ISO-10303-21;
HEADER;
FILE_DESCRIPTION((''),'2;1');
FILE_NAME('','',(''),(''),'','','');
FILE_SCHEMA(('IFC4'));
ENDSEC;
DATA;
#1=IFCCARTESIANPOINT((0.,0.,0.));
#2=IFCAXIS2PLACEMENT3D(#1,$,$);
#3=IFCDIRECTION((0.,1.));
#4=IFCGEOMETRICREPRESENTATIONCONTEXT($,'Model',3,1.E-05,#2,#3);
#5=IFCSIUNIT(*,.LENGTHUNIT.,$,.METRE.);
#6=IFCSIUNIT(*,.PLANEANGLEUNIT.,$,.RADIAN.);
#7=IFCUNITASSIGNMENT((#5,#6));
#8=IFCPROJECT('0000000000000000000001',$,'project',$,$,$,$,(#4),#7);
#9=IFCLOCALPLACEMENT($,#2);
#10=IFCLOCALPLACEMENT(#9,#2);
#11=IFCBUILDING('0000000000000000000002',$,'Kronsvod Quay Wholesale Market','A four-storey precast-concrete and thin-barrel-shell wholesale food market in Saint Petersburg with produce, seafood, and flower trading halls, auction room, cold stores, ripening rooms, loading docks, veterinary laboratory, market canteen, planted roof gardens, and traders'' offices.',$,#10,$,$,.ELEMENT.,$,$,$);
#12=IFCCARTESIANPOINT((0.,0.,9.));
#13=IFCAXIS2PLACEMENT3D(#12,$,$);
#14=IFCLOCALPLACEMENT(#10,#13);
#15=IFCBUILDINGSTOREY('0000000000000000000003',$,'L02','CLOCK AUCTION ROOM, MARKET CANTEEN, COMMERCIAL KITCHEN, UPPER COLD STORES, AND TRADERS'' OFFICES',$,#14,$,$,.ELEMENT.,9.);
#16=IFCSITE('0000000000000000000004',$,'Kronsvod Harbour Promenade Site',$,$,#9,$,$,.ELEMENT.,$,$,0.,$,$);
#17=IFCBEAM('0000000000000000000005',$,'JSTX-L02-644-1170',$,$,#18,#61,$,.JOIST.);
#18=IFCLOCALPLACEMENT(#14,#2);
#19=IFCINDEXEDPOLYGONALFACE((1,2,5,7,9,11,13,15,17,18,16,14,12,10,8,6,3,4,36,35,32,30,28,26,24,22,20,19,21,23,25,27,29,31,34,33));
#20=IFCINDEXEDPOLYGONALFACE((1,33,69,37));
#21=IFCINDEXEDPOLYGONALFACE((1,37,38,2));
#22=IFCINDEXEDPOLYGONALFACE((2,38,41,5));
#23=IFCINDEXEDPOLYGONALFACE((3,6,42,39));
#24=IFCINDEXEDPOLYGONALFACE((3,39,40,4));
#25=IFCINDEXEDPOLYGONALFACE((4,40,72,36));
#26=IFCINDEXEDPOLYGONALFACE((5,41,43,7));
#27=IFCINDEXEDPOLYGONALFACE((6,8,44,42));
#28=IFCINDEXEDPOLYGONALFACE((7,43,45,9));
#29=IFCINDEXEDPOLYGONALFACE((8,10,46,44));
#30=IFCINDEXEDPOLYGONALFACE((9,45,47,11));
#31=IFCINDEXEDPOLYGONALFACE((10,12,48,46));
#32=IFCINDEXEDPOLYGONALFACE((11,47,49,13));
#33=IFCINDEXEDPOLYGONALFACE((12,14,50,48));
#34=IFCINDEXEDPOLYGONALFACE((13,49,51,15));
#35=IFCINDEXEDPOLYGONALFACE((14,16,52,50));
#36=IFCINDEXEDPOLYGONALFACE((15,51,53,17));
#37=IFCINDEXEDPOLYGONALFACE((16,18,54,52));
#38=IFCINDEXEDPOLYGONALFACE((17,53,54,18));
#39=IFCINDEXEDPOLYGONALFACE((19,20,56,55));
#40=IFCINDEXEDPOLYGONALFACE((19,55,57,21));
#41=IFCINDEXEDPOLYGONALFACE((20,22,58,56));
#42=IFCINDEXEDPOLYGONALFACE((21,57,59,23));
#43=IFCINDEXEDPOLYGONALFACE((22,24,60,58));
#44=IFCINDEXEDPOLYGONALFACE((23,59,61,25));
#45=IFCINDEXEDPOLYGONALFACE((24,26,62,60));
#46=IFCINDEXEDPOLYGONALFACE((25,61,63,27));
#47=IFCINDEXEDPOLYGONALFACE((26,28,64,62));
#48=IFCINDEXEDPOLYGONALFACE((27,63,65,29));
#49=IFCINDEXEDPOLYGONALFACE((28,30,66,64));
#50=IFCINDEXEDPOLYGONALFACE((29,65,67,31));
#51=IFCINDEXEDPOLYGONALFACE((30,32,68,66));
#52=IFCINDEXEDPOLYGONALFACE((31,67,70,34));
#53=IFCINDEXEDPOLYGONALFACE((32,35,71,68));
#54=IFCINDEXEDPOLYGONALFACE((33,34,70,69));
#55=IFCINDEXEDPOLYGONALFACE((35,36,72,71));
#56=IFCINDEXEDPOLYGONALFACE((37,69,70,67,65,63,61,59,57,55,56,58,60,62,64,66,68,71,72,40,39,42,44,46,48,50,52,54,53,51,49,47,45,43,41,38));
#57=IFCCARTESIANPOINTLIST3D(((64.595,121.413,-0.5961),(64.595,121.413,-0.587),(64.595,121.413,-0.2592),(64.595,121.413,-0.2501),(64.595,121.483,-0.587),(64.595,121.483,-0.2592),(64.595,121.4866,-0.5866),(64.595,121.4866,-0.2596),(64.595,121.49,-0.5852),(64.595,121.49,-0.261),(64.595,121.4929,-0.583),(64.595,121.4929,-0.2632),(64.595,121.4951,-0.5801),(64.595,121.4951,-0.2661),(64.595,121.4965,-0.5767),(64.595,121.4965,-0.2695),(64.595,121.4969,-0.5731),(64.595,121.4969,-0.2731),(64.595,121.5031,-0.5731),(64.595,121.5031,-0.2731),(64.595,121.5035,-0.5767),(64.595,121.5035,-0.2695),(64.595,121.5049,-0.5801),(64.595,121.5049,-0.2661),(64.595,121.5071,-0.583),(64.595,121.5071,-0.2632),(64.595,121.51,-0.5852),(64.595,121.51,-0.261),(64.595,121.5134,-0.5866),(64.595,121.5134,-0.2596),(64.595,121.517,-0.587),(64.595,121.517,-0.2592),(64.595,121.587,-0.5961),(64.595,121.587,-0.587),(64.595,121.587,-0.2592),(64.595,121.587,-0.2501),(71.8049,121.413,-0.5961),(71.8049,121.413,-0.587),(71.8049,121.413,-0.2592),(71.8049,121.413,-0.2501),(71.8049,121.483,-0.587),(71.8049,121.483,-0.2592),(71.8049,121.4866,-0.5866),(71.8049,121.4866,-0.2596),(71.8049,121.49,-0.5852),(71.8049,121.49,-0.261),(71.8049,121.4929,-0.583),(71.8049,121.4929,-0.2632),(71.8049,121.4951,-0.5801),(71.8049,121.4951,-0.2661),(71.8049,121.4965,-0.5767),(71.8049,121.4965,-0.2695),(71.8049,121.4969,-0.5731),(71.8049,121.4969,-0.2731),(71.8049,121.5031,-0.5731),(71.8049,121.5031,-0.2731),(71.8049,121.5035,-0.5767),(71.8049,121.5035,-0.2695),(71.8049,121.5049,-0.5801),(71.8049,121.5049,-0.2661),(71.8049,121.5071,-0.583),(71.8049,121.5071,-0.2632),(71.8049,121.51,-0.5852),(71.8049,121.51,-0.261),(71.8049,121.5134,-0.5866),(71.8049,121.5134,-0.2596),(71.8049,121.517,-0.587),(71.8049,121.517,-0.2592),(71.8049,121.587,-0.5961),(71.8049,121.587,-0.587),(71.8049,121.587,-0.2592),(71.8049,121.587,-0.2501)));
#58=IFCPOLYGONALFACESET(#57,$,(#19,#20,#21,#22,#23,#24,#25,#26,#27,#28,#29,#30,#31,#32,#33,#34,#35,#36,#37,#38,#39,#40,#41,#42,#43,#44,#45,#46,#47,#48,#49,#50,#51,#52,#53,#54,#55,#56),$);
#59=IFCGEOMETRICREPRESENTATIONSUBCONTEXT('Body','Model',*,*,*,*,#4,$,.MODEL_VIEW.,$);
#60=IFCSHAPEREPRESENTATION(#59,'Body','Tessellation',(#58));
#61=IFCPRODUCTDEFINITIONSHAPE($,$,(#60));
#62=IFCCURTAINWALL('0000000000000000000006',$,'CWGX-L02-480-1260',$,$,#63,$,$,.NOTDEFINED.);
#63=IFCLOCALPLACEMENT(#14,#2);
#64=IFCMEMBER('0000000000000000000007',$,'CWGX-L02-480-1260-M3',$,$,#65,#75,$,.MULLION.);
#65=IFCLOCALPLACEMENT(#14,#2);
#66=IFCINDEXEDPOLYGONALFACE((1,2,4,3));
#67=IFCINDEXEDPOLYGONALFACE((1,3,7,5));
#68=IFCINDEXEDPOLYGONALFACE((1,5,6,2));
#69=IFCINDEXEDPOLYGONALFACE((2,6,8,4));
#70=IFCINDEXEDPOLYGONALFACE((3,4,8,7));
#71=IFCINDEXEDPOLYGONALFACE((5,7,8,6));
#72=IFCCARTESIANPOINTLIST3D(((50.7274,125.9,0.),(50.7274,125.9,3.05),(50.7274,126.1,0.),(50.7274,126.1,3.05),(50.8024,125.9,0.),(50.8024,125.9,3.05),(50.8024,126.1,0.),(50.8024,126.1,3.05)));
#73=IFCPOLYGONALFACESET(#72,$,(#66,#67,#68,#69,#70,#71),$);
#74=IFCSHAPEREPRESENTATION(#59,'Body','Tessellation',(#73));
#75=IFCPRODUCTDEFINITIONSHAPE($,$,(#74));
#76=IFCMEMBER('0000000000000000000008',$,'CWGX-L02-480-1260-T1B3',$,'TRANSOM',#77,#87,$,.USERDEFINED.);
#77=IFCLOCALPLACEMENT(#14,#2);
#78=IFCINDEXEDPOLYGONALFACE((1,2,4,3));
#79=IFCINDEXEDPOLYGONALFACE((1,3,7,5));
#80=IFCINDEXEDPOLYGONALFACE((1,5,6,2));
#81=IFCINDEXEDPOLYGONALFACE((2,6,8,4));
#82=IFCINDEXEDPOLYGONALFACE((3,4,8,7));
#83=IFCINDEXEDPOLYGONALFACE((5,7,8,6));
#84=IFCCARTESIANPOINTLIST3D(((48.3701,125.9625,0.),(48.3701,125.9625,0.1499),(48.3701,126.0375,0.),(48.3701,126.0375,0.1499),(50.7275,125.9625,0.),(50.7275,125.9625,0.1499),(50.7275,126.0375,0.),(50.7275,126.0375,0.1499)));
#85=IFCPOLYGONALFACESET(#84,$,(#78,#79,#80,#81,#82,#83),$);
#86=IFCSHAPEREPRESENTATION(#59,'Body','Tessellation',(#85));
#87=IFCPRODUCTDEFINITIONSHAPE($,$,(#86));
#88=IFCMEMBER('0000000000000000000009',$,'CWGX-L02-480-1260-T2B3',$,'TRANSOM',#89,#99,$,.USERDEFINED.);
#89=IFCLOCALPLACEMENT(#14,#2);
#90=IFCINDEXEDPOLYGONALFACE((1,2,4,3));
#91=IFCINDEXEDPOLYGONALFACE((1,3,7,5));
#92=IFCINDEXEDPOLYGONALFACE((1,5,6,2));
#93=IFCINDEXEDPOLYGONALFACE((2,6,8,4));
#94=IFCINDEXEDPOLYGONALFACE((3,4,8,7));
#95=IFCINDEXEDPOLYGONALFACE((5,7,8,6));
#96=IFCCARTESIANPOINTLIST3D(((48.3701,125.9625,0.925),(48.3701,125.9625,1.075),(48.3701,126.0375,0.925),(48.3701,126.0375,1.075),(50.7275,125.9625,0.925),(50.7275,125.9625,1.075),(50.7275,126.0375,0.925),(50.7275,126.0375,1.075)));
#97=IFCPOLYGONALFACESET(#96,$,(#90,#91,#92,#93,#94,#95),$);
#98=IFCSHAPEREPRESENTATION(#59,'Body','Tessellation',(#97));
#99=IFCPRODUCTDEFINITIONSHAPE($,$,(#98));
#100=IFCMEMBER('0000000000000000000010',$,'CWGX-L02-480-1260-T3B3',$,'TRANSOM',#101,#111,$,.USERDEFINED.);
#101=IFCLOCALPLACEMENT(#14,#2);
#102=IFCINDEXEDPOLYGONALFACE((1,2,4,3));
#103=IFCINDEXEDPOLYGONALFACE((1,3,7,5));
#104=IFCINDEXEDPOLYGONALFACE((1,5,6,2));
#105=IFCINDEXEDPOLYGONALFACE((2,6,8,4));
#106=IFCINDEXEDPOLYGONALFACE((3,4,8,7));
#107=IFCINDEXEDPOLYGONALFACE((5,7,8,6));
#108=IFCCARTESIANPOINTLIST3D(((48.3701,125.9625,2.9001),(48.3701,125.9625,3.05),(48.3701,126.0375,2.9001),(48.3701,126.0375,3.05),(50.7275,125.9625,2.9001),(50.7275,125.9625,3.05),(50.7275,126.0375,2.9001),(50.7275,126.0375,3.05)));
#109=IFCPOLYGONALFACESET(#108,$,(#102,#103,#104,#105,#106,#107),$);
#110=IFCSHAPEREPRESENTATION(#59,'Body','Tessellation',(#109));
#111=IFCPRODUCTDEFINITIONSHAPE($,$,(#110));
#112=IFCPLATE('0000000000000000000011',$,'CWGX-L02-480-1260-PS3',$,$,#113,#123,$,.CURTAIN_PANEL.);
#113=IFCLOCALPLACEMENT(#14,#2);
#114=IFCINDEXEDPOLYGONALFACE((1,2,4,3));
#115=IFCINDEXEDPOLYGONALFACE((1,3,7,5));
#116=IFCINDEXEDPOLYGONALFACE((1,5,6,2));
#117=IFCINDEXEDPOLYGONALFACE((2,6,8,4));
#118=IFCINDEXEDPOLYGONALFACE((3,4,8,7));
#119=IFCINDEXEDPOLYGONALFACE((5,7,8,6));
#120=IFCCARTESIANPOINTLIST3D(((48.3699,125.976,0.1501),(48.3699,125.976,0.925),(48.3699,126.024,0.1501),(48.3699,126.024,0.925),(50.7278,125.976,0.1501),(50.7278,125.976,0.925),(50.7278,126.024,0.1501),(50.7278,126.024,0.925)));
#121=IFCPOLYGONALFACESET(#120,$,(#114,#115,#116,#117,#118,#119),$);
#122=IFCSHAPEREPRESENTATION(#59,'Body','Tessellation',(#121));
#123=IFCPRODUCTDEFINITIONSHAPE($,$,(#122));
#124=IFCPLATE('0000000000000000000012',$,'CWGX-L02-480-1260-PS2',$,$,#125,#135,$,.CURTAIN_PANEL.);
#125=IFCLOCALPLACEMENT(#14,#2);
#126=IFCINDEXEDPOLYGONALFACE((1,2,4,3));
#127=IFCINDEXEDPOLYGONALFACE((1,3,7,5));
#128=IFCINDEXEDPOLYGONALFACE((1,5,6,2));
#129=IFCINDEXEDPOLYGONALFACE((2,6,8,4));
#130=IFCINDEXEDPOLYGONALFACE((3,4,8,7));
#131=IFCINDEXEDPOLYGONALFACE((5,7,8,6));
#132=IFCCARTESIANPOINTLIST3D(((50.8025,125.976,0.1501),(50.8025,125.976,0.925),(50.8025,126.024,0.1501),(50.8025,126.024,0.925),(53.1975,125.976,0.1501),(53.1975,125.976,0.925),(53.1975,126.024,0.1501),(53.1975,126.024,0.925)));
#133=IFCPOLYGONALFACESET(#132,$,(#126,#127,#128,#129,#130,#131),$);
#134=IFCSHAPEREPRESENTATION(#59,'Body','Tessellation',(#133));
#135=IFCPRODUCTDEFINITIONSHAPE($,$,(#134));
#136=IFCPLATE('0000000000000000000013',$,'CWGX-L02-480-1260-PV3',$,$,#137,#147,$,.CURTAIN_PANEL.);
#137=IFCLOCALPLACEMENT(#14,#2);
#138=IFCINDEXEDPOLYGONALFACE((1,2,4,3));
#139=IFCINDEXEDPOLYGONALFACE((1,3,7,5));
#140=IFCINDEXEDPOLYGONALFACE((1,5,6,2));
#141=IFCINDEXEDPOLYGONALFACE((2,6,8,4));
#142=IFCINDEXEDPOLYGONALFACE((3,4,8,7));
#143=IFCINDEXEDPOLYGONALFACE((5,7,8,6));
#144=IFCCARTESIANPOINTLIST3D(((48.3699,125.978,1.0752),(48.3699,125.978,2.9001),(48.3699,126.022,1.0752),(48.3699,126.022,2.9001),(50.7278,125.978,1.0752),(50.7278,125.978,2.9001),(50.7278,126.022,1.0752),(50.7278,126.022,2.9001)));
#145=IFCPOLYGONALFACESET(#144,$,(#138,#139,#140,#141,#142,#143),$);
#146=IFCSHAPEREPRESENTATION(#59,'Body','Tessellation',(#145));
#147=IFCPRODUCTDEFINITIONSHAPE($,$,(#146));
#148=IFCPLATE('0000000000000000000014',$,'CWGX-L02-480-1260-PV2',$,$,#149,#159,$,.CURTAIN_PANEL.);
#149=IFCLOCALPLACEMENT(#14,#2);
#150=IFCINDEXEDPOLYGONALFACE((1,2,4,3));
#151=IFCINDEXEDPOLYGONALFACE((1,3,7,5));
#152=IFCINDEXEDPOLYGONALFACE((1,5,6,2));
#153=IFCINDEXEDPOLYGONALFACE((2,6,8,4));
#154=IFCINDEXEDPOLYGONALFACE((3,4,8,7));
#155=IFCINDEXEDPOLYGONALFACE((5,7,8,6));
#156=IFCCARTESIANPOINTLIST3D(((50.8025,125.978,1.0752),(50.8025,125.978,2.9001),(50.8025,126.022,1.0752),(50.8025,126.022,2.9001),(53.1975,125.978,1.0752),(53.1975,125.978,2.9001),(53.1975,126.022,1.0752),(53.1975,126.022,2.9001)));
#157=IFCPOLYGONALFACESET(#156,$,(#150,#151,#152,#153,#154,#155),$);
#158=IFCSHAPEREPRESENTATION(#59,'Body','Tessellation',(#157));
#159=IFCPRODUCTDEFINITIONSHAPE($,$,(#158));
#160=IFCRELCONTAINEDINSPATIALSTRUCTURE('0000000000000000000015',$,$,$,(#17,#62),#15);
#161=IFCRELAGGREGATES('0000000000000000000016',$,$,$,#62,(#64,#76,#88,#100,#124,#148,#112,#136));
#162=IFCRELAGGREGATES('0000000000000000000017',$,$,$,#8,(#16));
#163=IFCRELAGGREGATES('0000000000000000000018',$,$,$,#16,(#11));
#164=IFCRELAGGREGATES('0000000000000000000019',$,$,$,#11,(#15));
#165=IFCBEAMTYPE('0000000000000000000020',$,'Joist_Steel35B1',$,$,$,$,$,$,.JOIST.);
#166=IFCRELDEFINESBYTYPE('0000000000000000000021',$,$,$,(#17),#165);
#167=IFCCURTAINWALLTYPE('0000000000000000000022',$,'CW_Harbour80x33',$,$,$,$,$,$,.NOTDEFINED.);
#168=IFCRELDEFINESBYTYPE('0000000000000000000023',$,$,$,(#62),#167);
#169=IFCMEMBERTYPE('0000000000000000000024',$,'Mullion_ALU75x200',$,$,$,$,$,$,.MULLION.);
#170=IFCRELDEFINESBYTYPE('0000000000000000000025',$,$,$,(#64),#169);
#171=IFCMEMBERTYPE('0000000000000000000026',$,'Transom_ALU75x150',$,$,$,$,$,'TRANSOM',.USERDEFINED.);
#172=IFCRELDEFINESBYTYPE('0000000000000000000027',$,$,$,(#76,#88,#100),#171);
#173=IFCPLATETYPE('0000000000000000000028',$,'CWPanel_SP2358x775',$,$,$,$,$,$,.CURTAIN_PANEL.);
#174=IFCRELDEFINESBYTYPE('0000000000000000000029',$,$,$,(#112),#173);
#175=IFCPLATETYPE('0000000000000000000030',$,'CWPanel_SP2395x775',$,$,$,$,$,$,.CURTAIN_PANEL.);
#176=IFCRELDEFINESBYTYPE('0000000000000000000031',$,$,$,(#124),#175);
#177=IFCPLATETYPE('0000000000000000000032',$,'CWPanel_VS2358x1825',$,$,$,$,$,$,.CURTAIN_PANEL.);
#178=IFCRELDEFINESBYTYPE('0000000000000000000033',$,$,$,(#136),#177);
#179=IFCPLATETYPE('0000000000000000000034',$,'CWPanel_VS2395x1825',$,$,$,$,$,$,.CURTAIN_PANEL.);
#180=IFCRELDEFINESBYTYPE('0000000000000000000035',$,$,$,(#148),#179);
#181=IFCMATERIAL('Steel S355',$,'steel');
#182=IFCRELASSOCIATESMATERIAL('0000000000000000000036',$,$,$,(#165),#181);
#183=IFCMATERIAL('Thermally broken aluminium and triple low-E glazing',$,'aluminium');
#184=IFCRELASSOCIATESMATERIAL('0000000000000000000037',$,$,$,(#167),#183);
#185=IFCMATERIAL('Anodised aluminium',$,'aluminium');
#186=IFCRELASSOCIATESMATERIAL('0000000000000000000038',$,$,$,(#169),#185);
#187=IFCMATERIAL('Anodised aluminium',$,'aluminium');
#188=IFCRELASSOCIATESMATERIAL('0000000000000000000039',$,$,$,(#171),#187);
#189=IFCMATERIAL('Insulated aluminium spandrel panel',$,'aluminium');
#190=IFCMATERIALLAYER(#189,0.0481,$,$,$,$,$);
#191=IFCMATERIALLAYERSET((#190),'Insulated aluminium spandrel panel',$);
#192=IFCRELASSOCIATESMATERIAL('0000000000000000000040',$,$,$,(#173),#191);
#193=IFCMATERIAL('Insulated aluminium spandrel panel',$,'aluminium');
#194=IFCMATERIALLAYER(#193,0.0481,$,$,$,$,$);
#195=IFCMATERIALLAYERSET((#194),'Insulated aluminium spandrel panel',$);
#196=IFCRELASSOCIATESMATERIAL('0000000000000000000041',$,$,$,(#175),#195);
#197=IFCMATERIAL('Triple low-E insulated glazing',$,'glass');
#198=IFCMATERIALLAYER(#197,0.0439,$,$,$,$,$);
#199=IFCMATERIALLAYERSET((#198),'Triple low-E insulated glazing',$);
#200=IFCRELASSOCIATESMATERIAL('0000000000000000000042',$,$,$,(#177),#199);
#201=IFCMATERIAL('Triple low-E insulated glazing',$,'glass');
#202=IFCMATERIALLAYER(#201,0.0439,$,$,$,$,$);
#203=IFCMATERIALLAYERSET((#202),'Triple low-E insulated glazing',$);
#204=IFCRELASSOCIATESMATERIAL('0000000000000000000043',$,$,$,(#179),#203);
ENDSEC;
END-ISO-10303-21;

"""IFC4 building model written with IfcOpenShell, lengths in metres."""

from ifc_helpers import new_model, si_unit, direction, frame, origin, origin_2d, place, context, subcontext, project, spatial, rectangle, i_section, extrude, material, layer, layer_set, material_profile, profile_set, type_object, element, aggregate, save


model = new_model("IFC4")

# Units and contexts
model_context = context("Model", 3, precision=1e-05, world=origin(), true_north=direction((0.0, 1.0)))
body_context = subcontext(model_context, "Body", "Model", "MODEL_VIEW")
ifc_project = project(units=[si_unit("LENGTHUNIT", "METRE"), si_unit("PLANEANGLEUNIT", "RADIAN")], contexts=[model_context])

# Site, building, storey
site_placement = place(None, origin())
site = spatial("IfcSite", under=ifc_project, at=site_placement, Name="Kronsvod Harbour Promenade Site", CompositionType="ELEMENT", RefElevation=0.0)
building_placement = place(site_placement, origin())
building = spatial("IfcBuilding", under=site, at=building_placement, Name="Kronsvod Quay Wholesale Market", Description="A four-storey precast-concrete and thin-barrel-shell wholesale food market in Saint Petersburg with produce, seafood, and flower trading halls, auction room, cold stores, ripening rooms, loading docks, veterinary laboratory, market canteen, planted roof gardens, and traders' offices.", CompositionType="ELEMENT")
storey_placement = place(building_placement, frame((0.0, 0.0, 9.0)))
storey = spatial("IfcBuildingStorey", under=building, at=storey_placement, Name="L02", Description="CLOCK AUCTION ROOM, MARKET CANTEEN, COMMERCIAL KITCHEN, UPPER COLD STORES, AND TRADERS' OFFICES", CompositionType="ELEMENT", Elevation=9.0)

# Beam
ifc_material_1 = material(Name="Steel S355", Category="steel")
ifc_material_profile_1 = material_profile(ifc_material_1, i_section(OverallWidth=0.1741, OverallDepth=0.3459, WebThickness=0.0061, FlangeThickness=0.009, FilletRadius=0.0139, at=origin_2d()), Name="35B1")
ifc_profile_set_1 = profile_set([ifc_material_profile_1], Name="Steel S355")
beam_type_1 = type_object("IfcBeamType", Name="Joist_Steel35B1", PredefinedType="JOIST", material=ifc_profile_set_1)
for number, where, z_axis, x_axis, name in (
    (1, (64.595, 121.5, -0.4231), (1.0, 0.0, 0.0), (0.0, 1.0, 0.0), "JSTX-L02-644-1170"),
):
    element("IfcBeam", number, at=place(storey_placement, frame(where, z_axis=z_axis, x_axis=x_axis)), inside=storey, type_object=beam_type_1, Name=name, PredefinedType="JOIST", context=body_context, shape_type="SweptSolid", body=[
        extrude(i_section(OverallWidth=0.1741, OverallDepth=0.3459, WebThickness=0.0061, FlangeThickness=0.009, FilletRadius=0.0139, at=origin_2d()), origin(), (0.0, 0.0, 1.0), 7.21),
    ])

# Curtain wall, members, plates
ifc_material_2 = material(Name="Thermally broken aluminium and triple low-E glazing", Category="aluminium")
curtain_wall_type = type_object("IfcCurtainWallType", Name="CW_Harbour80x33", PredefinedType="NOTDEFINED", material=ifc_material_2)
curtain_wall_placement = place(storey_placement, origin())
curtain_wall = element("IfcCurtainWall", 2, at=curtain_wall_placement, inside=storey, type_object=curtain_wall_type, Name="CWGX-L02-480-1260", PredefinedType="NOTDEFINED")
ifc_material_3 = material(Name="Anodised aluminium", Category="aluminium")
ifc_material_profile_2 = material_profile(ifc_material_3, rectangle(XDim=0.075, YDim=0.2, at=origin_2d()), Name="ALUM75x200")
ifc_profile_set_2 = profile_set([ifc_material_profile_2], Name="Anodised aluminium")
member_type_1 = type_object("IfcMemberType", Name="Mullion_ALU75x200", PredefinedType="MULLION", material=ifc_profile_set_2)
member_1_placement = place(storey_placement, frame((50.7649, 126.0, 0.0), z_axis=(0.0, 0.0, 1.0), x_axis=(1.0, 0.0, 0.0)))
member_1 = element("IfcMember", 3, at=member_1_placement, type_object=member_type_1, Name="CWGX-L02-480-1260-M3", PredefinedType="MULLION", context=body_context, shape_type="SweptSolid", body=[
    extrude(rectangle(XDim=0.075, YDim=0.2, at=origin_2d()), origin(), (0.0, 0.0, 1.0), 3.05),
])
ifc_material_4 = material(Name="Anodised aluminium", Category="aluminium")
ifc_material_profile_3 = material_profile(ifc_material_4, rectangle(XDim=0.075, YDim=0.1499, at=origin_2d()), Name="ALUT75x150")
ifc_profile_set_3 = profile_set([ifc_material_profile_3], Name="Anodised aluminium")
member_type_2 = type_object("IfcMemberType", Name="Transom_ALU75x150", ElementType="TRANSOM", PredefinedType="USERDEFINED", material=ifc_profile_set_3)
member_2_placement = place(storey_placement, frame((50.7275, 126.0, 0.075), z_axis=(-1.0, 0.0, 0.0), x_axis=(0.0, -1.0, 0.0)))
member_2 = element("IfcMember", 4, at=member_2_placement, type_object=member_type_2, Name="CWGX-L02-480-1260-T1B3", ObjectType="TRANSOM", PredefinedType="USERDEFINED", context=body_context, shape_type="SweptSolid", body=[
    extrude(rectangle(XDim=0.075, YDim=0.1499, at=origin_2d()), origin(), (0.0, 0.0, 1.0), 2.3574),
])
member_3_placement = place(storey_placement, frame((50.7275, 126.0, 1.0), z_axis=(-1.0, 0.0, 0.0), x_axis=(0.0, -1.0, 0.0)))
member_3 = element("IfcMember", 5, at=member_3_placement, type_object=member_type_2, Name="CWGX-L02-480-1260-T2B3", ObjectType="TRANSOM", PredefinedType="USERDEFINED", context=body_context, shape_type="SweptSolid", body=[
    extrude(rectangle(XDim=0.075, YDim=0.1499, at=origin_2d()), origin(), (0.0, 0.0, 1.0), 2.3574),
])
member_4_placement = place(storey_placement, frame((50.7275, 126.0, 2.9751), z_axis=(-1.0, 0.0, 0.0), x_axis=(0.0, -1.0, 0.0)))
member_4 = element("IfcMember", 6, at=member_4_placement, type_object=member_type_2, Name="CWGX-L02-480-1260-T3B3", ObjectType="TRANSOM", PredefinedType="USERDEFINED", context=body_context, shape_type="SweptSolid", body=[
    extrude(rectangle(XDim=0.075, YDim=0.1499, at=origin_2d()), origin(), (0.0, 0.0, 1.0), 2.3574),
])
ifc_material_5 = material(Name="Insulated aluminium spandrel panel", Category="aluminium")
ifc_layer_1 = layer(ifc_material_5, 0.0481)
ifc_layer_set_1 = layer_set([ifc_layer_1], Name="Insulated aluminium spandrel panel")
plate_type_1 = type_object("IfcPlateType", Name="CWPanel_SP2358x775", PredefinedType="CURTAIN_PANEL", material=ifc_layer_set_1)
plate_1_placement = place(storey_placement, frame((49.5488, 126.0, 0.1501), z_axis=(0.0, 0.0, 1.0), x_axis=(-1.0, 0.0, 0.0)))
plate_1 = element("IfcPlate", 7, at=plate_1_placement, type_object=plate_type_1, Name="CWGX-L02-480-1260-PS3", PredefinedType="CURTAIN_PANEL", context=body_context, shape_type="SweptSolid", body=[
    extrude(rectangle(XDim=2.3579, YDim=0.0481, at=origin_2d()), origin(), (0.0, 0.0, 1.0), 0.7749),
])
ifc_material_6 = material(Name="Insulated aluminium spandrel panel", Category="aluminium")
ifc_layer_2 = layer(ifc_material_6, 0.0481)
ifc_layer_set_2 = layer_set([ifc_layer_2], Name="Insulated aluminium spandrel panel")
plate_type_2 = type_object("IfcPlateType", Name="CWPanel_SP2395x775", PredefinedType="CURTAIN_PANEL", material=ifc_layer_set_2)
plate_2_placement = place(storey_placement, frame((52.0, 126.0, 0.1501), z_axis=(0.0, 0.0, 1.0), x_axis=(-1.0, 0.0, 0.0)))
plate_2 = element("IfcPlate", 8, at=plate_2_placement, type_object=plate_type_2, Name="CWGX-L02-480-1260-PS2", PredefinedType="CURTAIN_PANEL", context=body_context, shape_type="SweptSolid", body=[
    extrude(rectangle(XDim=2.395, YDim=0.0481, at=origin_2d()), origin(), (0.0, 0.0, 1.0), 0.7749),
])
ifc_material_7 = material(Name="Triple low-E insulated glazing", Category="glass")
ifc_layer_3 = layer(ifc_material_7, 0.0439)
ifc_layer_set_3 = layer_set([ifc_layer_3], Name="Triple low-E insulated glazing")
plate_type_3 = type_object("IfcPlateType", Name="CWPanel_VS2358x1825", PredefinedType="CURTAIN_PANEL", material=ifc_layer_set_3)
plate_3_placement = place(storey_placement, frame((49.5488, 126.0, 1.0752), z_axis=(0.0, 0.0, 1.0), x_axis=(-1.0, 0.0, 0.0)))
plate_3 = element("IfcPlate", 9, at=plate_3_placement, type_object=plate_type_3, Name="CWGX-L02-480-1260-PV3", PredefinedType="CURTAIN_PANEL", context=body_context, shape_type="SweptSolid", body=[
    extrude(rectangle(XDim=2.3579, YDim=0.0439, at=origin_2d()), origin(), (0.0, 0.0, 1.0), 1.825),
])
ifc_material_8 = material(Name="Triple low-E insulated glazing", Category="glass")
ifc_layer_4 = layer(ifc_material_8, 0.0439)
ifc_layer_set_4 = layer_set([ifc_layer_4], Name="Triple low-E insulated glazing")
plate_type_4 = type_object("IfcPlateType", Name="CWPanel_VS2395x1825", PredefinedType="CURTAIN_PANEL", material=ifc_layer_set_4)
plate_4_placement = place(storey_placement, frame((52.0, 126.0, 1.0752), z_axis=(0.0, 0.0, 1.0), x_axis=(-1.0, 0.0, 0.0)))
plate_4 = element("IfcPlate", 10, at=plate_4_placement, type_object=plate_type_4, Name="CWGX-L02-480-1260-PV2", PredefinedType="CURTAIN_PANEL", context=body_context, shape_type="SweptSolid", body=[
    extrude(rectangle(XDim=2.395, YDim=0.0439, at=origin_2d()), origin(), (0.0, 0.0, 1.0), 1.825),
])
aggregate(curtain_wall, [member_1, member_2, member_3, member_4, plate_2, plate_4, plate_1, plate_3])

save(model, "model.ifc")
